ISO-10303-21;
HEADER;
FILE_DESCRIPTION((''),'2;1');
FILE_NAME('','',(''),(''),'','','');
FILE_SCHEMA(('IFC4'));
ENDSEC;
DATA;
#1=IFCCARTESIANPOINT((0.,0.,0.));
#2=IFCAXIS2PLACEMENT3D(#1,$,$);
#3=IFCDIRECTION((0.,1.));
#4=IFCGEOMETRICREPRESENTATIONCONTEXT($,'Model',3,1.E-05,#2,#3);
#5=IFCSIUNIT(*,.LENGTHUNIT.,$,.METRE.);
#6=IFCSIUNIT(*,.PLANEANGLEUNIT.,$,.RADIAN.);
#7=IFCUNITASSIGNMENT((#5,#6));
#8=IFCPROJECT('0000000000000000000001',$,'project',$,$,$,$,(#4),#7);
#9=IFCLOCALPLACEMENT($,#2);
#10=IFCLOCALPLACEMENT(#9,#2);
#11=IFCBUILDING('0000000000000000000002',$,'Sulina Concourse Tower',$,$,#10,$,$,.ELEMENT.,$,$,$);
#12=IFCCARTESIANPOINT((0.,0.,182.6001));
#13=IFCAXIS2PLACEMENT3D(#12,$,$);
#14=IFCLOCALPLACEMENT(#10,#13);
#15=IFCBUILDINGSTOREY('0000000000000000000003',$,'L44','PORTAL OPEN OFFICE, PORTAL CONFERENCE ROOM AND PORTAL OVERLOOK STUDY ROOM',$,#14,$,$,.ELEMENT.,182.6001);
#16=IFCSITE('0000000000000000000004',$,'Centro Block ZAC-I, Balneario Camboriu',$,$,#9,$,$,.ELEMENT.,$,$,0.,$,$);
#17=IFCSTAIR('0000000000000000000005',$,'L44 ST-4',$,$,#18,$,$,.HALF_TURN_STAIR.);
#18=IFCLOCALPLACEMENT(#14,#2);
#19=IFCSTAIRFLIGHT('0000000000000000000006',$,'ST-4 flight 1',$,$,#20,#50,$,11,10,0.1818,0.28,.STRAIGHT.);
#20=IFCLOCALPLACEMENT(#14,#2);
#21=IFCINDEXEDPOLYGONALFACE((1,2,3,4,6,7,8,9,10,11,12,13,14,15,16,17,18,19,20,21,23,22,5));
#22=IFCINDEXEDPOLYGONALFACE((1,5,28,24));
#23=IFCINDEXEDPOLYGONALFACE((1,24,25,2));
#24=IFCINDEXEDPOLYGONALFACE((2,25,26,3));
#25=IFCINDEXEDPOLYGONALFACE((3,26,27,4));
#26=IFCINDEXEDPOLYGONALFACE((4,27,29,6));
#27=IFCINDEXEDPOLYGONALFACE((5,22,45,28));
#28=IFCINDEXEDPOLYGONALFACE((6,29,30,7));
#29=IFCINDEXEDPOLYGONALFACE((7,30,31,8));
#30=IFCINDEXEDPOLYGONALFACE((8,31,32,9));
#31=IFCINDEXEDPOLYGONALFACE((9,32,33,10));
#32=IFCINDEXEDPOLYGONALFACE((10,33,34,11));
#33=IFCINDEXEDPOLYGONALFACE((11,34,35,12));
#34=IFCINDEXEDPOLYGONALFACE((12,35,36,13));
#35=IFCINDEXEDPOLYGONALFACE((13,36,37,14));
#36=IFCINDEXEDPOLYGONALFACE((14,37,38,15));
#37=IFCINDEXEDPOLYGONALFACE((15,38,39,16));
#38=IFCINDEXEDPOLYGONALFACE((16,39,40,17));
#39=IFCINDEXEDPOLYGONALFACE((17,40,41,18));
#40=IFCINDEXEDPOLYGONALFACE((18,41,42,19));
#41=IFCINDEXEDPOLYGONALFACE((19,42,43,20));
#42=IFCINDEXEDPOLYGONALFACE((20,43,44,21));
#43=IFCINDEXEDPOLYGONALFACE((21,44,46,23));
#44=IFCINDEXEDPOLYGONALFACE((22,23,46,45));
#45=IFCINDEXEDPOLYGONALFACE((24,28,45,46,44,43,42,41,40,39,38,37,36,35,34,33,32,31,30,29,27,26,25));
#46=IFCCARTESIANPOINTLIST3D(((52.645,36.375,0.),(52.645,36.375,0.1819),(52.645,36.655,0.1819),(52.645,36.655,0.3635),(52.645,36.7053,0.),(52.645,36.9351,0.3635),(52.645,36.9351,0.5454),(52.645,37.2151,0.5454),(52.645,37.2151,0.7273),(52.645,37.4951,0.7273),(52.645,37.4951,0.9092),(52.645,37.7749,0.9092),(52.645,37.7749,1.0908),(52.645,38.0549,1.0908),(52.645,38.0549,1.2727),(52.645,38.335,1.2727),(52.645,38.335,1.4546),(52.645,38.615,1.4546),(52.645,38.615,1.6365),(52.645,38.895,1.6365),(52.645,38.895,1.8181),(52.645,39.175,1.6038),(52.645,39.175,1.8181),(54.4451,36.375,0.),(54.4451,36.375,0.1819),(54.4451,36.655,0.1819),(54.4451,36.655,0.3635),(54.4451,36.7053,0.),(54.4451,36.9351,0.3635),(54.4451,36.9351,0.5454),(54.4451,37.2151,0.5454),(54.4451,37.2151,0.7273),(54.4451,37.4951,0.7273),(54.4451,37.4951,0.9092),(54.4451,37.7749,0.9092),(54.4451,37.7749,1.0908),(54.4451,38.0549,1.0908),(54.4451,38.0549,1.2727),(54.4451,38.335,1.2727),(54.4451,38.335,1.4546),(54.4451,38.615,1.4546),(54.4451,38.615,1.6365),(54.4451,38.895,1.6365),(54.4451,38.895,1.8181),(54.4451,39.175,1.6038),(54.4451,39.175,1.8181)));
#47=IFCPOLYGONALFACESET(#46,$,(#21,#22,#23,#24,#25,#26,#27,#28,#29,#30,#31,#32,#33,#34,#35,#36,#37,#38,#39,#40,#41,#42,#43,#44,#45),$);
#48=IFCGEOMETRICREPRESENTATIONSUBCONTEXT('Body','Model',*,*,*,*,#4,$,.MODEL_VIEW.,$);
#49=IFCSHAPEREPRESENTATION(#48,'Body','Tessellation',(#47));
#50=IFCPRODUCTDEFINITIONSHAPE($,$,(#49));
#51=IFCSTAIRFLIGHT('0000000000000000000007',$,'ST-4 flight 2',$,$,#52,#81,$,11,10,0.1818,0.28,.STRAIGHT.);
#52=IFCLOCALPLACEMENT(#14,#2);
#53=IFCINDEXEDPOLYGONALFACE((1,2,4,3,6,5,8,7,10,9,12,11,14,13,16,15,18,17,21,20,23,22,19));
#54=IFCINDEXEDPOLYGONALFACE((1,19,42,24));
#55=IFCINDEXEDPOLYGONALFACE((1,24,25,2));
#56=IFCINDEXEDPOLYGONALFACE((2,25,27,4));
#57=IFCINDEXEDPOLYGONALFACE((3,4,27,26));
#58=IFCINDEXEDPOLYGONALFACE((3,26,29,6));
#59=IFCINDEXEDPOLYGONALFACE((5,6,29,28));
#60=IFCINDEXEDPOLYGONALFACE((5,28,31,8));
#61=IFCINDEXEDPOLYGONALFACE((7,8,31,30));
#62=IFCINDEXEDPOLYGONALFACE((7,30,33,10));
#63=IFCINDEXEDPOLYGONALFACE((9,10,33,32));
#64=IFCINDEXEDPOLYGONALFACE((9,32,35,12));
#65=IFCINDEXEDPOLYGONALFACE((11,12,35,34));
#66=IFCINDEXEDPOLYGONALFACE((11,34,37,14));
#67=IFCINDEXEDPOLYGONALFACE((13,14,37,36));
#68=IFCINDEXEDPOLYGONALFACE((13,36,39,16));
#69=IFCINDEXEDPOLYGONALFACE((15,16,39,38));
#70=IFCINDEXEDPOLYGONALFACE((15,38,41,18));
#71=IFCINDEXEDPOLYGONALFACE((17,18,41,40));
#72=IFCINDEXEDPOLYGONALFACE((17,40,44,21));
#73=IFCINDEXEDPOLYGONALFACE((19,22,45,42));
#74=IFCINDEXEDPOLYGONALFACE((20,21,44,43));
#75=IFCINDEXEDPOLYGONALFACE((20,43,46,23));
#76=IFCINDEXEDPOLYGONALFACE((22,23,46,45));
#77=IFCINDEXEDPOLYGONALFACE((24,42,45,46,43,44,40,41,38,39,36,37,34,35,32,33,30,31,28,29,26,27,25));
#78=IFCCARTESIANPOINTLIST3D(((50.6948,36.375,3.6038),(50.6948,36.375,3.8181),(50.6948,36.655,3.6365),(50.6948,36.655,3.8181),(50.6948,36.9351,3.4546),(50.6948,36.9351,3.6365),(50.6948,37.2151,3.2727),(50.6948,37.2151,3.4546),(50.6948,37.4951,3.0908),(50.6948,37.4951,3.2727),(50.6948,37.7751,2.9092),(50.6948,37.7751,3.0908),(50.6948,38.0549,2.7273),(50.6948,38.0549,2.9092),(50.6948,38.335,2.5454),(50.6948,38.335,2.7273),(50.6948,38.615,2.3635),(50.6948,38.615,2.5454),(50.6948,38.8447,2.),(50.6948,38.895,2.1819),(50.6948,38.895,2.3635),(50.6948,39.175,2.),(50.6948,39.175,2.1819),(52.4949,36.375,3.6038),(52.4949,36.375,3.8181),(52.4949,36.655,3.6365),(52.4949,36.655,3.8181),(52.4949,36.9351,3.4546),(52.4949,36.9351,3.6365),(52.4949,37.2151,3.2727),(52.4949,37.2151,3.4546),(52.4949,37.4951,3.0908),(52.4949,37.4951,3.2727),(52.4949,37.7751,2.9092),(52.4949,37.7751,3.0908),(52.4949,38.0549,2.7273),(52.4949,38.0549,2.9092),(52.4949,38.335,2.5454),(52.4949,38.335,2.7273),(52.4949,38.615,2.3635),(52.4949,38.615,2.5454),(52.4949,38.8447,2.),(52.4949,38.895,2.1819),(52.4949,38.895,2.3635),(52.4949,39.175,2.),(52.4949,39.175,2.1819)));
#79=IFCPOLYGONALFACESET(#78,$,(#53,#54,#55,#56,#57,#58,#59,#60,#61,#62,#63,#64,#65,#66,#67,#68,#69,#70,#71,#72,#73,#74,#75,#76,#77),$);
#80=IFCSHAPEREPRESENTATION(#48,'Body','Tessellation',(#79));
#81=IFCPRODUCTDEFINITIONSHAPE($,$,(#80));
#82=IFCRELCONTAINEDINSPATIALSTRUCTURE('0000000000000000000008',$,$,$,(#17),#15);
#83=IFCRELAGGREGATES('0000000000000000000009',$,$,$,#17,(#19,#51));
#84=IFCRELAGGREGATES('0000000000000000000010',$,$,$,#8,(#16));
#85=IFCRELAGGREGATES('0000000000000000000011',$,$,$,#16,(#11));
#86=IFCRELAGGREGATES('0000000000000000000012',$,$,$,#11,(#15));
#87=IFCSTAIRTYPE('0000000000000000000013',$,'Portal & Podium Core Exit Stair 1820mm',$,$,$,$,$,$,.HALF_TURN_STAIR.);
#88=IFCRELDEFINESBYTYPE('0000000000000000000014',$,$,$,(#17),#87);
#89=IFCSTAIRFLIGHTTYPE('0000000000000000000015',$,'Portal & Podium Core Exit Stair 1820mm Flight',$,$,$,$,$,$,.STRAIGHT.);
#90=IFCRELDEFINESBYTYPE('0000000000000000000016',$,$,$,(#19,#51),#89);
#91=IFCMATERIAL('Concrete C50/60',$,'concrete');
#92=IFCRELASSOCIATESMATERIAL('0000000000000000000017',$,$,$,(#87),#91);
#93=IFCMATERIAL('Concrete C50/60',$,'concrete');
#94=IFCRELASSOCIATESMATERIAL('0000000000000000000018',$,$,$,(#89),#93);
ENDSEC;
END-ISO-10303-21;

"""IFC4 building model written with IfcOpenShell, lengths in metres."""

from ifc_helpers import new_model, si_unit, direction, frame, origin, place, context, subcontext, project, spatial, polyline, outline, extrude, material, type_object, element, aggregate, save


model = new_model("IFC4")

# Units and contexts
model_context = context("Model", 3, precision=1e-05, world=origin(), true_north=direction((0.0, 1.0)))
body_context = subcontext(model_context, "Body", "Model", "MODEL_VIEW")
ifc_project = project(units=[si_unit("LENGTHUNIT", "METRE"), si_unit("PLANEANGLEUNIT", "RADIAN")], contexts=[model_context])

# Site, building, storey
site_placement = place(None, origin())
site = spatial("IfcSite", under=ifc_project, at=site_placement, Name="Centro Block ZAC-I, Balneario Camboriu", CompositionType="ELEMENT", RefElevation=0.0)
building_placement = place(site_placement, origin())
building = spatial("IfcBuilding", under=site, at=building_placement, Name="Sulina Concourse Tower", CompositionType="ELEMENT")
storey_placement = place(building_placement, frame((0.0, 0.0, 182.6001)))
storey = spatial("IfcBuildingStorey", under=building, at=storey_placement, Name="L44", Description="PORTAL OPEN OFFICE, PORTAL CONFERENCE ROOM AND PORTAL OVERLOOK STUDY ROOM", CompositionType="ELEMENT", Elevation=182.6001)

# Stair, stair flights
ifc_material_1 = material(Name="Concrete C50/60", Category="concrete")
stair_type = type_object("IfcStairType", Name="Portal & Podium Core Exit Stair 1820mm", PredefinedType="HALF_TURN_STAIR", material=ifc_material_1)
stair_placement = place(storey_placement, origin())
stair = element("IfcStair", 1, at=stair_placement, inside=storey, type_object=stair_type, Name="L44 ST-4", PredefinedType="HALF_TURN_STAIR")
ifc_material_2 = material(Name="Concrete C50/60", Category="concrete")
stair_flight_type = type_object("IfcStairFlightType", Name="Portal & Podium Core Exit Stair 1820mm Flight", PredefinedType="STRAIGHT", material=ifc_material_2)
stair_flight_1_placement = place(storey_placement, frame((53.5449, 36.375, 0.0), z_axis=(0.0, 0.0, 1.0), x_axis=(0.0, 1.0, 0.0)))
stair_flight_1 = element("IfcStairFlight", 2, at=stair_flight_1_placement, type_object=stair_flight_type, Name="ST-4 flight 1", NumberOfRisers=11, NumberOfTreads=10, PredefinedType="STRAIGHT", RiserHeight=0.1818, TreadLength=0.28, context=body_context, shape_type="SweptSolid", body=[
    extrude(outline(polyline([(0.0, 0.0), (0.0, 0.1819), (0.28, 0.1819), (0.28, 0.3635), (0.5601, 0.3635), (0.5601, 0.5454), (0.8401, 0.5454), (0.8401, 0.7273), (1.1201, 0.7273), (1.1201, 0.9092), (1.3999, 0.9092), (1.3999, 1.0908), (1.6799, 1.0908), (1.6799, 1.2727), (1.96, 1.2727), (1.96, 1.4546), (2.24, 1.4546), (2.24, 1.6365), (2.52, 1.6365), (2.52, 1.8181), (2.8, 1.8181), (2.8, 2.0), (2.8, 1.6038), (0.3303, 0.0), (0.0, 0.0)])), frame((0.0, 0.8999, 0.0), z_axis=(0.0, -1.0, 0.0), x_axis=(1.0, 0.0, 0.0)), (0.0, 0.0, 1.0), 1.8),
])
stair_flight_2_placement = place(storey_placement, frame((51.595, 39.175, 2.0), z_axis=(0.0, 0.0, 1.0), x_axis=(0.0, -1.0, 0.0)))
stair_flight_2 = element("IfcStairFlight", 3, at=stair_flight_2_placement, type_object=stair_flight_type, Name="ST-4 flight 2", NumberOfRisers=11, NumberOfTreads=10, PredefinedType="STRAIGHT", RiserHeight=0.1818, TreadLength=0.28, context=body_context, shape_type="SweptSolid", body=[
    extrude(outline(polyline([(0.0, 0.0), (0.0, 0.1819), (0.28, 0.1819), (0.28, 0.3635), (0.5601, 0.3635), (0.5601, 0.5454), (0.8401, 0.5454), (0.8401, 0.7273), (1.1201, 0.7273), (1.1201, 0.9092), (1.3999, 0.9092), (1.3999, 1.0908), (1.6799, 1.0908), (1.6799, 1.2727), (1.96, 1.2727), (1.96, 1.4546), (2.24, 1.4546), (2.24, 1.6365), (2.52, 1.6365), (2.52, 1.8181), (2.8, 1.8181), (2.8, 2.0), (2.8, 1.6038), (0.3303, 0.0), (0.0, 0.0)])), frame((0.0, 0.8999, 0.0), z_axis=(0.0, -1.0, 0.0), x_axis=(1.0, 0.0, 0.0)), (0.0, 0.0, 1.0), 1.8),
])
aggregate(stair, [stair_flight_1, stair_flight_2])

save(model, "model.ifc")
